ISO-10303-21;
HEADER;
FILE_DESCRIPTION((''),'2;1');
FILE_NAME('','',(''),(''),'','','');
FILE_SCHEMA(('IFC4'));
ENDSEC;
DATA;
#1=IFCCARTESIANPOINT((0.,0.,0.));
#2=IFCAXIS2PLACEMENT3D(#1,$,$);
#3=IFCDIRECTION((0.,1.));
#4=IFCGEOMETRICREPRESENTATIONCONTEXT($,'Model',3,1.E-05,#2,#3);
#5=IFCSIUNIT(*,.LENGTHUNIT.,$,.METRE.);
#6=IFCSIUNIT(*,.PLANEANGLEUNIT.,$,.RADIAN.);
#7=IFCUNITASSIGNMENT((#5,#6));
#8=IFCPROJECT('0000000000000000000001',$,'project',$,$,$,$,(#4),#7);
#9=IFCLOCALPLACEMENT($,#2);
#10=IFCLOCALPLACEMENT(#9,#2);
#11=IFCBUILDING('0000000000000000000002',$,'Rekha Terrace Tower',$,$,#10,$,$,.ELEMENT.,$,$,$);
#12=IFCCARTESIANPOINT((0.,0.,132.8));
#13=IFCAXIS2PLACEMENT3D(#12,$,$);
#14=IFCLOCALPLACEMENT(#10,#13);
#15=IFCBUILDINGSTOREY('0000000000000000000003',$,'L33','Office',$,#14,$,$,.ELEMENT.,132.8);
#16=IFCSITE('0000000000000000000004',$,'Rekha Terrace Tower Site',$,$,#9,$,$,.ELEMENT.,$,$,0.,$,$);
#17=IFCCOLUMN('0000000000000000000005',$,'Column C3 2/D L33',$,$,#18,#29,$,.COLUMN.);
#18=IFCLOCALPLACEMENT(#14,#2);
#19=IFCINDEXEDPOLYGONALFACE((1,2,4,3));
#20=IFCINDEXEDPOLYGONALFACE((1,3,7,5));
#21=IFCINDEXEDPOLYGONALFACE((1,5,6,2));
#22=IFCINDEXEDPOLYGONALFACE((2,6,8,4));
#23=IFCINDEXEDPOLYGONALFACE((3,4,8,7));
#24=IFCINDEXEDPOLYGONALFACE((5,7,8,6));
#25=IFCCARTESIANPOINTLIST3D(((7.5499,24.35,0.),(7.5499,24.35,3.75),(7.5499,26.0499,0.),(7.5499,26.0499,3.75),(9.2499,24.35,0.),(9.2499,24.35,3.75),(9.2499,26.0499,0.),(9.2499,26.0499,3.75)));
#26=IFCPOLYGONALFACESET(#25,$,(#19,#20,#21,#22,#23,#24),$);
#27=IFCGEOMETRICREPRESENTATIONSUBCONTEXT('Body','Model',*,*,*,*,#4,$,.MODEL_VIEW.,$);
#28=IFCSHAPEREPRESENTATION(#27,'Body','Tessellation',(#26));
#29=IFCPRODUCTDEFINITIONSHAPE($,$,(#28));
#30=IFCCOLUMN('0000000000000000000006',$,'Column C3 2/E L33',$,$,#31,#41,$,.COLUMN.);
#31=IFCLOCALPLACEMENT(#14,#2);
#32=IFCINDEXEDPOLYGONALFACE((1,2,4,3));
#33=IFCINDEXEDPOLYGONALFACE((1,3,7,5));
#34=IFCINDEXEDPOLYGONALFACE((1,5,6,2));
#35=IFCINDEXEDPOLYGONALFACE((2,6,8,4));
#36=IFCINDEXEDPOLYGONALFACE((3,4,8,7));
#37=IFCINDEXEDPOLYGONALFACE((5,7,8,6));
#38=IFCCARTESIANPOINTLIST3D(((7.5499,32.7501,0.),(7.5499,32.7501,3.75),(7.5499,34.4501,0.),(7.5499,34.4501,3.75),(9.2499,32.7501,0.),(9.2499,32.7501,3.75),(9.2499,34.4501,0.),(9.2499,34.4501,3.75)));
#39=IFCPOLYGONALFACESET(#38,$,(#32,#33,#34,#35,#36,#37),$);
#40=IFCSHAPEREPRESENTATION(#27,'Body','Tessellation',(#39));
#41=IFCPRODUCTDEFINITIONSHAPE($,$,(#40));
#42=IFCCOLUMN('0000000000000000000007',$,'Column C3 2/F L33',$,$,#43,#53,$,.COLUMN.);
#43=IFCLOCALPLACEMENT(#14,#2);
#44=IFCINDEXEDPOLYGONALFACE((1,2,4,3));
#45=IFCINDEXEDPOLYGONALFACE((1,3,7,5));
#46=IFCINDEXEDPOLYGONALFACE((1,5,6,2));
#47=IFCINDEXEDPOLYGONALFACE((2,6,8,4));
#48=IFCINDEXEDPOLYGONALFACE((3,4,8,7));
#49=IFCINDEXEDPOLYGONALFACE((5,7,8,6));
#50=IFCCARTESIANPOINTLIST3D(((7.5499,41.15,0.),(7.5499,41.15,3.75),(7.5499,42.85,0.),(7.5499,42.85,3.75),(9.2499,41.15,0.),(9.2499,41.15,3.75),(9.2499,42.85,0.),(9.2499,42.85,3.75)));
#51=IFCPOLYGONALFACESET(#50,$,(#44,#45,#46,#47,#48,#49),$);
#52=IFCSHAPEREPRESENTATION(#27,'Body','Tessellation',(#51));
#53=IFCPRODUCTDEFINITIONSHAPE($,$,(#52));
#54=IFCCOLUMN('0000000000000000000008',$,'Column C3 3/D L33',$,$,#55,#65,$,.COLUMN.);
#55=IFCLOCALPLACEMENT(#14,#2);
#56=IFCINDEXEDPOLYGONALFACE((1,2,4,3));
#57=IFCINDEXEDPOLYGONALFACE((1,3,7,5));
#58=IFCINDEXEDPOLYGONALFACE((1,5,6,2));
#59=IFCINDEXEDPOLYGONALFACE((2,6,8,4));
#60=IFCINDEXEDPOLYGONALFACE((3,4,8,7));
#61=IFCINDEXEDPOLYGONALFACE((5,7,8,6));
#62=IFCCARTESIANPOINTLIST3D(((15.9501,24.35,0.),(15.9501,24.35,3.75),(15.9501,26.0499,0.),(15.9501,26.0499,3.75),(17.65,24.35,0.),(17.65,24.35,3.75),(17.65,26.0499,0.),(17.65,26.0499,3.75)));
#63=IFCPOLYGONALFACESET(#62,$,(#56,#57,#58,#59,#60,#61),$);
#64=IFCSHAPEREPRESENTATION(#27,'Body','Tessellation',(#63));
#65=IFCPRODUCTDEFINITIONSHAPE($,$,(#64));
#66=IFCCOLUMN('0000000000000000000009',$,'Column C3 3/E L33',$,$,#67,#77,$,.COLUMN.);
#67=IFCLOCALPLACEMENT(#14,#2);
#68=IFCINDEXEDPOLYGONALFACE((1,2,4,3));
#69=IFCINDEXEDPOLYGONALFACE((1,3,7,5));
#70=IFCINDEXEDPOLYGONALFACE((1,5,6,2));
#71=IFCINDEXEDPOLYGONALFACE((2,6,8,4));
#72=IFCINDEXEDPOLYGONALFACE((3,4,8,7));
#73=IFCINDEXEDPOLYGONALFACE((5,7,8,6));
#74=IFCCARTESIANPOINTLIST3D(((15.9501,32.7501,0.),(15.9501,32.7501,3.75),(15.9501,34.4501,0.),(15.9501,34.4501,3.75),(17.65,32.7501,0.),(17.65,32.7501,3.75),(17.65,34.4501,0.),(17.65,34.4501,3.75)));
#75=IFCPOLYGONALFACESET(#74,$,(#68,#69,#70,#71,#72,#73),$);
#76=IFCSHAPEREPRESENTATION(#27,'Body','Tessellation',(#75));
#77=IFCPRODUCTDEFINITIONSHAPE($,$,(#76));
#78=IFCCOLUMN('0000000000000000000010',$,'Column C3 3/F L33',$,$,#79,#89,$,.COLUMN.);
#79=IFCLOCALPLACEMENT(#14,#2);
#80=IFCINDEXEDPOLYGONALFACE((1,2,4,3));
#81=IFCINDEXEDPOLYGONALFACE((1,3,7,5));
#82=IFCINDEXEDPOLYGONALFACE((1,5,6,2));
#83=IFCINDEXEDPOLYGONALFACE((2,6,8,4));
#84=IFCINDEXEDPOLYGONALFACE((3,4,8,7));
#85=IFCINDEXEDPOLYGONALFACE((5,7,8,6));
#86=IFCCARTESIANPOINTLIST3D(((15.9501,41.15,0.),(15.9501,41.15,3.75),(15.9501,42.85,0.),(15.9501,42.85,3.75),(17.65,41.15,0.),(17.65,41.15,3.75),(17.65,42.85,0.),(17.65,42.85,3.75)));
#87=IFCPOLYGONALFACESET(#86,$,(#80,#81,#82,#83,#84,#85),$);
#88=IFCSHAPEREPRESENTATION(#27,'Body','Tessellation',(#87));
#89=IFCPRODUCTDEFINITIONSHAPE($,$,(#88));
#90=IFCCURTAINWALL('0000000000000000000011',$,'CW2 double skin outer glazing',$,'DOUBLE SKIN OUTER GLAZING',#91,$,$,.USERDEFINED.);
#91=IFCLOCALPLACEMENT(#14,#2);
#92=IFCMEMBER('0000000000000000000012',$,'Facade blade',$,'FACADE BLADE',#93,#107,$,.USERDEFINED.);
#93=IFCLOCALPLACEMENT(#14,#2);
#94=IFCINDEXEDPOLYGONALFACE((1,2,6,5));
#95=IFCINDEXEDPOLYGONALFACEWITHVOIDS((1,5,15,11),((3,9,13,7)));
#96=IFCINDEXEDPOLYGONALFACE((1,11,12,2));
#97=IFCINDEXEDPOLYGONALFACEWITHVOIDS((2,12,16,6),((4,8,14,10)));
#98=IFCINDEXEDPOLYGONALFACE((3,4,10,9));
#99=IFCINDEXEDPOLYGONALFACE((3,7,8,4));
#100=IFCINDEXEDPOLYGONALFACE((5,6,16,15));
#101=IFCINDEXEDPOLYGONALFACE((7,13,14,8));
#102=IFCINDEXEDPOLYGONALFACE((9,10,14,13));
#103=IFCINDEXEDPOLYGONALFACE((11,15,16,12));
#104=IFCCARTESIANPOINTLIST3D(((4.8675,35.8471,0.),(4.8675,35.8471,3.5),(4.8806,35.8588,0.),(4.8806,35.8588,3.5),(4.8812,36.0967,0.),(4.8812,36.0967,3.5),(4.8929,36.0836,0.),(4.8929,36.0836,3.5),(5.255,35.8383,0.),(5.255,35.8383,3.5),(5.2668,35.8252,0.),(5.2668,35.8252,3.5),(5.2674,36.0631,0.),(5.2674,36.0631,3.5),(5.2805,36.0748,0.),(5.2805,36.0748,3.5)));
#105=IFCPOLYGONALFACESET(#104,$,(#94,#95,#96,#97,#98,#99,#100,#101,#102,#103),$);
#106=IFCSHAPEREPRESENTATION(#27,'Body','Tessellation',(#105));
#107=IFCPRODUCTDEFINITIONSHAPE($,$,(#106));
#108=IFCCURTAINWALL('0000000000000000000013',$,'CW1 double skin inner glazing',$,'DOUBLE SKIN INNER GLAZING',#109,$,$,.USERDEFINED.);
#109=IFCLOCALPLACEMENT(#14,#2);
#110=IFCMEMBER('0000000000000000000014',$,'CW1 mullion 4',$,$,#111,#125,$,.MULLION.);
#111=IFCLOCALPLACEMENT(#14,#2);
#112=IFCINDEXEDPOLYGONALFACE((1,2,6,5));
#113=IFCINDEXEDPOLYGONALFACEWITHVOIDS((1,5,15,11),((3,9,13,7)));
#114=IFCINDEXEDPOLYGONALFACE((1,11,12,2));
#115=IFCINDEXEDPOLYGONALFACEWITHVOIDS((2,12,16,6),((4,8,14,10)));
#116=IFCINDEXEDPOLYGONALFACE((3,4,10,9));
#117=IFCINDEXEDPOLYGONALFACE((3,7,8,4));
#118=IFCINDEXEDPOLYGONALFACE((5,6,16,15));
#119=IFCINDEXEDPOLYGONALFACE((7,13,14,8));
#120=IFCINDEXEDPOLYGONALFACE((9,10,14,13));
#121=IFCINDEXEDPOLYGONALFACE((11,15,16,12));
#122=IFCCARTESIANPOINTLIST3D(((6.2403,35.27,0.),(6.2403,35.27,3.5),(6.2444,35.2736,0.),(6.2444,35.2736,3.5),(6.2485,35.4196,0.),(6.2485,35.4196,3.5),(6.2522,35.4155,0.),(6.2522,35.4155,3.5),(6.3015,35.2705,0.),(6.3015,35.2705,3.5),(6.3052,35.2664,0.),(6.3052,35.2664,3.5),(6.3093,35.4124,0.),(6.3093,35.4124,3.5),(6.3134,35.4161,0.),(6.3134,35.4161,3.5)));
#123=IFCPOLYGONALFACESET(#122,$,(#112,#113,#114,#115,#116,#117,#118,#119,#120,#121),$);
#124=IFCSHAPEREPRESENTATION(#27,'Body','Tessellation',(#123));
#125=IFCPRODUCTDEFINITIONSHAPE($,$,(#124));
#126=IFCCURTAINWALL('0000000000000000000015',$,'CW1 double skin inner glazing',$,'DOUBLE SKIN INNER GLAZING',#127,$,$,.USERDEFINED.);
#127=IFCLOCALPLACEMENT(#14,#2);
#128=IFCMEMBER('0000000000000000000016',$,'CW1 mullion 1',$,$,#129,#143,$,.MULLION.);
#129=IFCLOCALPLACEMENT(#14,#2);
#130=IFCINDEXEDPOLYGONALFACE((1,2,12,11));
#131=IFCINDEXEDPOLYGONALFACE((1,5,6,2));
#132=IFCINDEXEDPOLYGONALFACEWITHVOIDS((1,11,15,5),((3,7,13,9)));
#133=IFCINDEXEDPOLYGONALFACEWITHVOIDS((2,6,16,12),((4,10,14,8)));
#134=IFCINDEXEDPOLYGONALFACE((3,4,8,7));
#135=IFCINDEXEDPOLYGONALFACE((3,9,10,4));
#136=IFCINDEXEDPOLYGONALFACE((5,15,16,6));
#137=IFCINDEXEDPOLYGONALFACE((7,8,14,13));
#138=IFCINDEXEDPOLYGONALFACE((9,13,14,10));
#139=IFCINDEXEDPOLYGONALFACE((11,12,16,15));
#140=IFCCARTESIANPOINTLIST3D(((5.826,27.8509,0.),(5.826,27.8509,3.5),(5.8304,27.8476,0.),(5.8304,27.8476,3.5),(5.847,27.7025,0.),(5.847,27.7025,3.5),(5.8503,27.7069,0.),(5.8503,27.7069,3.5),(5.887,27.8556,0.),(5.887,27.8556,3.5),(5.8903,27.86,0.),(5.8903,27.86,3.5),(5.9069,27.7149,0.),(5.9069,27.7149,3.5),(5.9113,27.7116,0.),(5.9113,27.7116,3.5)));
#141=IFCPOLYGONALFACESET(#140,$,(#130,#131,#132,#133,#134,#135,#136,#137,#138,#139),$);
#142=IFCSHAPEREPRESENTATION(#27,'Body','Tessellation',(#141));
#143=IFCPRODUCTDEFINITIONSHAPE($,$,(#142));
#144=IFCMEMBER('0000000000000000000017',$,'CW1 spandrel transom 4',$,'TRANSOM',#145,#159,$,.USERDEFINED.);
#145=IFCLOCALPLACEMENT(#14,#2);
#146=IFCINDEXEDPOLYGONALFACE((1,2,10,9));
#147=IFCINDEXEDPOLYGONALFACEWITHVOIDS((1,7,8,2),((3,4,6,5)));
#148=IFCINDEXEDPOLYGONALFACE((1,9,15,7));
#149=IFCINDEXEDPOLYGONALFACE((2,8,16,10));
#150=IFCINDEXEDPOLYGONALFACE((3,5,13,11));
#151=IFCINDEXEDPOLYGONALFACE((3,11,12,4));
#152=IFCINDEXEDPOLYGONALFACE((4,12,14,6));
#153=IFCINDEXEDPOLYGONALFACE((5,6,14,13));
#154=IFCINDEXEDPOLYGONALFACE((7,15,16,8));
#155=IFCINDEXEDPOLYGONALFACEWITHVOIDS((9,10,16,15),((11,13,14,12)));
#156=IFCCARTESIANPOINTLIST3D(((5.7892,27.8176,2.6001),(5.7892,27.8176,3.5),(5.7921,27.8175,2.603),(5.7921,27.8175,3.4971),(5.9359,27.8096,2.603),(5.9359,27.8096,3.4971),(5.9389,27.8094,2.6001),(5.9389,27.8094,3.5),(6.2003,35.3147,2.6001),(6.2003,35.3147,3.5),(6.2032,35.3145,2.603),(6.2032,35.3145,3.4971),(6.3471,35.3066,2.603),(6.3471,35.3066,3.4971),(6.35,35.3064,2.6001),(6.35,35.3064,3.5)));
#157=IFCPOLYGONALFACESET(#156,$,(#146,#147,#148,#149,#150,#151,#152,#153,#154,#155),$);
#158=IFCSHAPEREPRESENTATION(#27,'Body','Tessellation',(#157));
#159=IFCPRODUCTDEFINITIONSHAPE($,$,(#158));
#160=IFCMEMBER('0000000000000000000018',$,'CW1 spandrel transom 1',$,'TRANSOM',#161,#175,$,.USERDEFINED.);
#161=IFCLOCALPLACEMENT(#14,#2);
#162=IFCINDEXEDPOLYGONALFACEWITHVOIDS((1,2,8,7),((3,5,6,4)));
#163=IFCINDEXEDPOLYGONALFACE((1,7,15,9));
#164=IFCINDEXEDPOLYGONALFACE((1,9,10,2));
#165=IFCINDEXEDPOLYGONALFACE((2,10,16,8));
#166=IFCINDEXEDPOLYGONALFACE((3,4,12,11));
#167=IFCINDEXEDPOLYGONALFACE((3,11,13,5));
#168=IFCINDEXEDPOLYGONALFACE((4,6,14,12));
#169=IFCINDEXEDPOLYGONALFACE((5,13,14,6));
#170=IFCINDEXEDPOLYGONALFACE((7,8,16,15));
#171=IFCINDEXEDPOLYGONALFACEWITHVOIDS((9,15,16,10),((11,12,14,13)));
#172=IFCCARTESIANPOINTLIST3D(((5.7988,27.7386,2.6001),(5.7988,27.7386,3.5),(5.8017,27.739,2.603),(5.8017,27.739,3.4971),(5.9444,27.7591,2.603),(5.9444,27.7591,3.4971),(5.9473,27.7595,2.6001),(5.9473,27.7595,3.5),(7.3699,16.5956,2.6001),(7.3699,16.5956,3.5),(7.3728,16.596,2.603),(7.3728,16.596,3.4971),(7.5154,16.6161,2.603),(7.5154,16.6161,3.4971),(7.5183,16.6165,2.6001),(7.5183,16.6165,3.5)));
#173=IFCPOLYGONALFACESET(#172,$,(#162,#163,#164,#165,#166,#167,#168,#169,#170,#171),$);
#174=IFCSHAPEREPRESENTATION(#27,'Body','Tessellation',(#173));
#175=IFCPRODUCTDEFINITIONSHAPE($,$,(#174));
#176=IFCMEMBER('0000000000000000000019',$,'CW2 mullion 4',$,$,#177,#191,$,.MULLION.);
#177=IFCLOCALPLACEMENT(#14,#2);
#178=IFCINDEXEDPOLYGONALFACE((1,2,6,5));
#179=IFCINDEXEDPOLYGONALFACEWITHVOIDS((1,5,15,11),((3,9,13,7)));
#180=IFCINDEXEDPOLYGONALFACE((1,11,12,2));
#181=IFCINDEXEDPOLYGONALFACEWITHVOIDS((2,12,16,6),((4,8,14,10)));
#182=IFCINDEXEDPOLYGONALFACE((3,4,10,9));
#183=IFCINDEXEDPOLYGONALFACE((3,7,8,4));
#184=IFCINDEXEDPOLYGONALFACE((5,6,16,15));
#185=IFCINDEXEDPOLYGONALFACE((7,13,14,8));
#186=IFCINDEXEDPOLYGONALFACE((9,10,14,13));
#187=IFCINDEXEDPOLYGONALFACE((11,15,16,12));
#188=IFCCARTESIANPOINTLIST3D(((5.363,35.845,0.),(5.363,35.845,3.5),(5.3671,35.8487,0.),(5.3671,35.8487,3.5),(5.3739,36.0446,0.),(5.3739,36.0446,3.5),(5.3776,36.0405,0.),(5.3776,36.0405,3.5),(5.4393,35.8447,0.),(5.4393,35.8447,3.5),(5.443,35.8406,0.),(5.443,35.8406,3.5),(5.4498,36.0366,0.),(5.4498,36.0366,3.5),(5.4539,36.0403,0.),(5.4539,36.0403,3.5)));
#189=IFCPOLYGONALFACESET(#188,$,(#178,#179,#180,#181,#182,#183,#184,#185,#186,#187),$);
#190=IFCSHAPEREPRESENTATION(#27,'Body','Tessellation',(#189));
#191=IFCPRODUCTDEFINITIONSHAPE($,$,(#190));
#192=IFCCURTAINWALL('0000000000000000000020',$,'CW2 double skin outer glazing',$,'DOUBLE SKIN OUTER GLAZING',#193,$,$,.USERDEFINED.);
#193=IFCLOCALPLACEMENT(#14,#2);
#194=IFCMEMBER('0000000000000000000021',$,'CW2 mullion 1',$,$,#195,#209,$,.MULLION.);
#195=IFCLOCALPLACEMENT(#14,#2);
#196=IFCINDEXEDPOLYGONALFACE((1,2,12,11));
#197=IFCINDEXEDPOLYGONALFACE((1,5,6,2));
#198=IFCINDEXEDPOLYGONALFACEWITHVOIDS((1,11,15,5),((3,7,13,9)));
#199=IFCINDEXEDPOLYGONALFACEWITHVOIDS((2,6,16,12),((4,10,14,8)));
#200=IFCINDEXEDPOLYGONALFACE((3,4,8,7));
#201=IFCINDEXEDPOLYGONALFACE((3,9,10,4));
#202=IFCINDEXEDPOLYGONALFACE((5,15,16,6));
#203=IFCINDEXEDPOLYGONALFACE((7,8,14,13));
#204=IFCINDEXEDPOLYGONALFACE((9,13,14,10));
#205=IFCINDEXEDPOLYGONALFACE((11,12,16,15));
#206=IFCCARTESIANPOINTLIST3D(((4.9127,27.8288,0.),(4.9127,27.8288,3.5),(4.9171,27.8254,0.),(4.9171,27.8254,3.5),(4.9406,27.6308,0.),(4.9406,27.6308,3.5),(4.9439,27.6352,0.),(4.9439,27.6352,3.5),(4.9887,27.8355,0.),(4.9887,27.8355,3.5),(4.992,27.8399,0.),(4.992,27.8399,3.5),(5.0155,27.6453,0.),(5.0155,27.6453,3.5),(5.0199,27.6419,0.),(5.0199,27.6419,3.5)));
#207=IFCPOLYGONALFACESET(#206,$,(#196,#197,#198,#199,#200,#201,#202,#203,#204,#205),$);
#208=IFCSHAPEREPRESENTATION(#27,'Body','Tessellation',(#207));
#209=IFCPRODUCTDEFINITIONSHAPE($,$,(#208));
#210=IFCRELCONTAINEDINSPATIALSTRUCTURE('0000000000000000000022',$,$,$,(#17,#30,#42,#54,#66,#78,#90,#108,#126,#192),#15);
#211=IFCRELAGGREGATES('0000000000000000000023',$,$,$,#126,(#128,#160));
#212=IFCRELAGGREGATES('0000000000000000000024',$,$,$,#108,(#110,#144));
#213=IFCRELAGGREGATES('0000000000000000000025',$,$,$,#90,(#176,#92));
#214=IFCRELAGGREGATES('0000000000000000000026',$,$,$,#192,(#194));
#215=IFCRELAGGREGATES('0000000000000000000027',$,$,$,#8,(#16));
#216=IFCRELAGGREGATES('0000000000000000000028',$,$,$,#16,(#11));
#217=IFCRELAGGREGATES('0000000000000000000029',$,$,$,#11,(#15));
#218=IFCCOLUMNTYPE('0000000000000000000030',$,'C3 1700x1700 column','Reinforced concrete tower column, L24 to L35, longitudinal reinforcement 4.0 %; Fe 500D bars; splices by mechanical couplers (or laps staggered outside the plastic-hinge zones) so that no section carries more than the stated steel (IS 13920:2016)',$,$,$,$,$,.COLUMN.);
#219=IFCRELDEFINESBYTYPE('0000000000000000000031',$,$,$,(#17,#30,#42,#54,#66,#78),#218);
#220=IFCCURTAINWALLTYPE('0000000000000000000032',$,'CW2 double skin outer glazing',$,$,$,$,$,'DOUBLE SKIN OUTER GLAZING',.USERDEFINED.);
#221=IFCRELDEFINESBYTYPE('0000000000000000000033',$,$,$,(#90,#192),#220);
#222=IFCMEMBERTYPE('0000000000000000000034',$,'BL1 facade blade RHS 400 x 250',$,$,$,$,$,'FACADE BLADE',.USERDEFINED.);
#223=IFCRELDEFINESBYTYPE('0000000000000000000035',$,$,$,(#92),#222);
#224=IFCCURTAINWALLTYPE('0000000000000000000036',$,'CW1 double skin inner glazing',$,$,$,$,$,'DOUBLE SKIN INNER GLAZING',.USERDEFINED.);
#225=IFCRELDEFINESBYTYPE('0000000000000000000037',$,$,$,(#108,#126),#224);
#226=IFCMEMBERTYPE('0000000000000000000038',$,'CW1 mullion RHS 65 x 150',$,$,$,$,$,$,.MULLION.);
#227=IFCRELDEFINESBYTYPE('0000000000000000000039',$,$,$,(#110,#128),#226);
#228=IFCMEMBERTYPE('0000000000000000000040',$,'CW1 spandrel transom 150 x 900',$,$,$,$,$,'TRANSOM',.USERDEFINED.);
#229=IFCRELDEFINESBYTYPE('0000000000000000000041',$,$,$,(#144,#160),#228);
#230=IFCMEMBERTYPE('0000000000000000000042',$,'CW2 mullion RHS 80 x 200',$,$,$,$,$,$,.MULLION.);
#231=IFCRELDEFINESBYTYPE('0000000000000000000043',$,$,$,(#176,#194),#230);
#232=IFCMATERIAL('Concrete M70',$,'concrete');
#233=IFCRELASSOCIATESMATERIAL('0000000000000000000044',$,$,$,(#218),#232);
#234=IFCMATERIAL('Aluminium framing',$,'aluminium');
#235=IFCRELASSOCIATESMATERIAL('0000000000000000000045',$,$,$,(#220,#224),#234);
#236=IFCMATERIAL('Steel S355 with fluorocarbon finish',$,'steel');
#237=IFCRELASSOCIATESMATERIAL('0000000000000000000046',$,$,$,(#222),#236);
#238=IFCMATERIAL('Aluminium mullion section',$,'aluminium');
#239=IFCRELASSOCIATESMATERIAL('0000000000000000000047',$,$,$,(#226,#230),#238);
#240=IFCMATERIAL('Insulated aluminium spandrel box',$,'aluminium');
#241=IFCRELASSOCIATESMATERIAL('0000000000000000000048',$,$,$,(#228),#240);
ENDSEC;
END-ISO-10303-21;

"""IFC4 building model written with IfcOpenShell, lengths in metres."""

from ifc_helpers import new_model, si_unit, direction, frame, origin, origin_2d, place, context, subcontext, project, spatial, rectangle, hollow_rectangle, extrude, material, material_profile, profile_set, type_object, element, aggregate, save


model = new_model("IFC4")

# Units and contexts
model_context = context("Model", 3, precision=1e-05, world=origin(), true_north=direction((0.0, 1.0)))
body_context = subcontext(model_context, "Body", "Model", "MODEL_VIEW")
ifc_project = project(units=[si_unit("LENGTHUNIT", "METRE"), si_unit("PLANEANGLEUNIT", "RADIAN")], contexts=[model_context])

# Site, building, storey
site_placement = place(None, origin())
site = spatial("IfcSite", under=ifc_project, at=site_placement, Name="Rekha Terrace Tower Site", CompositionType="ELEMENT", RefElevation=0.0)
building_placement = place(site_placement, origin())
building = spatial("IfcBuilding", under=site, at=building_placement, Name="Rekha Terrace Tower", CompositionType="ELEMENT")
storey_placement = place(building_placement, frame((0.0, 0.0, 132.8)))
storey = spatial("IfcBuildingStorey", under=building, at=storey_placement, Name="L33", Description="Office", CompositionType="ELEMENT", Elevation=132.8)

# Columns
ifc_material_1 = material(Name="Concrete M70", Category="concrete")
ifc_material_profile_1 = material_profile(ifc_material_1, rectangle(XDim=1.7, YDim=1.7, at=origin_2d()), Name="RC 1700x1700")
ifc_profile_set_1 = profile_set([ifc_material_profile_1], Name="Concrete M70")
column_type = type_object("IfcColumnType", Name="C3 1700x1700 column", Description="Reinforced concrete tower column, L24 to L35, longitudinal reinforcement 4.0 %; Fe 500D bars; splices by mechanical couplers (or laps staggered outside the plastic-hinge zones) so that no section carries more than the stated steel (IS 13920:2016)", PredefinedType="COLUMN", material=ifc_profile_set_1)
for number, where, z_axis, x_axis, name in (
    (1, (8.3999, 25.2, 0.0), (0.0, 0.0, 1.0), (1.0, 0.0, 0.0), "Column C3 2/D L33"),
    (2, (8.3999, 33.6001, 0.0), (0.0, 0.0, 1.0), (1.0, 0.0, 0.0), "Column C3 2/E L33"),
    (3, (8.3999, 42.0, 0.0), (0.0, 0.0, 1.0), (1.0, 0.0, 0.0), "Column C3 2/F L33"),
    (4, (16.8, 25.2, 0.0), (0.0, 0.0, 1.0), (1.0, 0.0, 0.0), "Column C3 3/D L33"),
    (5, (16.8, 33.6001, 0.0), (0.0, 0.0, 1.0), (1.0, 0.0, 0.0), "Column C3 3/E L33"),
    (6, (16.8, 42.0, 0.0), (0.0, 0.0, 1.0), (1.0, 0.0, 0.0), "Column C3 3/F L33"),
):
    element("IfcColumn", number, at=place(storey_placement, frame(where, z_axis=z_axis, x_axis=x_axis)), inside=storey, type_object=column_type, Name=name, PredefinedType="COLUMN", context=body_context, shape_type="SweptSolid", body=[
        extrude(rectangle(XDim=1.7, YDim=1.7, at=origin_2d()), origin(), (0.0, 0.0, 1.0), 3.75),
    ])

# Curtain walls, members
ifc_material_2 = material(Name="Aluminium framing", Category="aluminium")
curtain_wall_type_1 = type_object("IfcCurtainWallType", Name="CW2 double skin outer glazing", ElementType="DOUBLE SKIN OUTER GLAZING", PredefinedType="USERDEFINED", material=ifc_material_2)
curtain_wall_1_placement = place(storey_placement, origin())
curtain_wall_1 = element("IfcCurtainWall", 7, at=curtain_wall_1_placement, inside=storey, type_object=curtain_wall_type_1, Name="CW2 double skin outer glazing", ObjectType="DOUBLE SKIN OUTER GLAZING", PredefinedType="USERDEFINED")
ifc_material_3 = material(Name="Steel S355 with fluorocarbon finish", Category="steel")
ifc_material_profile_2 = material_profile(ifc_material_3, hollow_rectangle(XDim=0.25, YDim=0.3999, WallThickness=0.0125, at=origin_2d()), Name="RHS400x250x12.5")
ifc_profile_set_2 = profile_set([ifc_material_profile_2], Name="Steel S355 with fluorocarbon finish")
member_type_1 = type_object("IfcMemberType", Name="BL1 facade blade RHS 400 x 250", ElementType="FACADE BLADE", PredefinedType="USERDEFINED", material=ifc_profile_set_2)
member_1_placement = place(storey_placement, frame((5.074, 35.9609, 0.0), z_axis=(0.0, 0.0, 1.0), x_axis=(-0.054743, -0.9985, 0.0)))
member_1 = element("IfcMember", 8, at=member_1_placement, type_object=member_type_1, Name="Facade blade", ObjectType="FACADE BLADE", PredefinedType="USERDEFINED", context=body_context, shape_type="SweptSolid", body=[
    extrude(hollow_rectangle(XDim=0.25, YDim=0.3999, WallThickness=0.0125, at=origin_2d()), origin(), (0.0, 0.0, 1.0), 3.5),
])
curtain_wall_type_2 = type_object("IfcCurtainWallType", Name="CW1 double skin inner glazing", ElementType="DOUBLE SKIN INNER GLAZING", PredefinedType="USERDEFINED", material=ifc_material_2)
curtain_wall_2_placement = place(storey_placement, origin())
curtain_wall_2 = element("IfcCurtainWall", 9, at=curtain_wall_2_placement, inside=storey, type_object=curtain_wall_type_2, Name="CW1 double skin inner glazing", ObjectType="DOUBLE SKIN INNER GLAZING", PredefinedType="USERDEFINED")
ifc_material_4 = material(Name="Aluminium mullion section", Category="aluminium")
ifc_material_profile_3 = material_profile(ifc_material_4, hollow_rectangle(XDim=0.0649, YDim=0.1499, WallThickness=0.0039, at=origin_2d()), Name="AL RHS 65x150")
ifc_profile_set_3 = profile_set([ifc_material_profile_3], Name="Aluminium mullion section")
member_type_2 = type_object("IfcMemberType", Name="CW1 mullion RHS 65 x 150", PredefinedType="MULLION", material=ifc_profile_set_3)
member_2_placement = place(storey_placement, frame((6.2769, 35.343, 0.0), z_axis=(0.0, 0.0, 1.0), x_axis=(0.998501, -0.054742, 0.0)))
member_2 = element("IfcMember", 10, at=member_2_placement, type_object=member_type_2, Name="CW1 mullion 4", PredefinedType="MULLION", context=body_context, shape_type="SweptSolid", body=[
    extrude(hollow_rectangle(XDim=0.0649, YDim=0.1499, WallThickness=0.0039, at=origin_2d()), origin(), (0.0, 0.0, 1.0), 3.5),
])
curtain_wall_3_placement = place(storey_placement, origin())
curtain_wall_3 = element("IfcCurtainWall", 11, at=curtain_wall_3_placement, inside=storey, type_object=curtain_wall_type_2, Name="CW1 double skin inner glazing", ObjectType="DOUBLE SKIN INNER GLAZING", PredefinedType="USERDEFINED")
member_3_placement = place(storey_placement, frame((5.8687, 27.7812, 0.0), z_axis=(0.0, 0.0, 1.0), x_axis=(0.990208, 0.139597, 0.0)))
member_3 = element("IfcMember", 12, at=member_3_placement, type_object=member_type_2, Name="CW1 mullion 1", PredefinedType="MULLION", context=body_context, shape_type="SweptSolid", body=[
    extrude(hollow_rectangle(XDim=0.0649, YDim=0.1499, WallThickness=0.0039, at=origin_2d()), origin(), (0.0, 0.0, 1.0), 3.5),
])

# Members
ifc_material_5 = material(Name="Insulated aluminium spandrel box", Category="aluminium")
ifc_material_profile_4 = material_profile(ifc_material_5, hollow_rectangle(XDim=0.1499, YDim=0.8999, WallThickness=0.0029, at=origin_2d()), Name="AL SPANDREL BOX 150x900")
ifc_profile_set_4 = profile_set([ifc_material_profile_4], Name="Insulated aluminium spandrel box")
member_type_3 = type_object("IfcMemberType", Name="CW1 spandrel transom 150 x 900", ElementType="TRANSOM", PredefinedType="USERDEFINED", material=ifc_profile_set_4)
member_4_placement = place(storey_placement, frame((6.2751, 35.3105, 3.05), z_axis=(-0.054757, -0.9985, 0.0), x_axis=(0.9985, -0.054757, 0.0)))
member_4 = element("IfcMember", 13, at=member_4_placement, type_object=member_type_3, Name="CW1 spandrel transom 4", ObjectType="TRANSOM", PredefinedType="USERDEFINED", context=body_context, shape_type="SweptSolid", body=[
    extrude(hollow_rectangle(XDim=0.1499, YDim=0.8999, WallThickness=0.0029, at=origin_2d()), origin(), (0.0, 0.0, 1.0), 7.5083),
])
member_5_placement = place(storey_placement, frame((5.873, 27.749, 3.05), z_axis=(0.139608, -0.990207, 0.0), x_axis=(0.990207, 0.139608, 0.0)))
member_5 = element("IfcMember", 14, at=member_5_placement, type_object=member_type_3, Name="CW1 spandrel transom 1", ObjectType="TRANSOM", PredefinedType="USERDEFINED", context=body_context, shape_type="SweptSolid", body=[
    extrude(hollow_rectangle(XDim=0.1499, YDim=0.8999, WallThickness=0.0029, at=origin_2d()), origin(), (0.0, 0.0, 1.0), 11.2532),
])
aggregate(curtain_wall_3, [member_3, member_5])
ifc_material_profile_5 = material_profile(ifc_material_4, hollow_rectangle(XDim=0.0801, YDim=0.2, WallThickness=0.0039, at=origin_2d()), Name="AL RHS 80x200")
ifc_profile_set_5 = profile_set([ifc_material_profile_5], Name="Aluminium mullion section")
member_type_4 = type_object("IfcMemberType", Name="CW2 mullion RHS 80 x 200", PredefinedType="MULLION", material=ifc_profile_set_5)
member_6_placement = place(storey_placement, frame((5.4084, 35.9426, 0.0), z_axis=(0.0, 0.0, 1.0), x_axis=(0.998501, -0.054742, 0.0)))
member_6 = element("IfcMember", 15, at=member_6_placement, type_object=member_type_4, Name="CW2 mullion 4", PredefinedType="MULLION", context=body_context, shape_type="SweptSolid", body=[
    extrude(hollow_rectangle(XDim=0.0801, YDim=0.2, WallThickness=0.0039, at=origin_2d()), origin(), (0.0, 0.0, 1.0), 3.5),
])

# Curtain wall, member
curtain_wall_4_placement = place(storey_placement, origin())
curtain_wall_4 = element("IfcCurtainWall", 16, at=curtain_wall_4_placement, inside=storey, type_object=curtain_wall_type_1, Name="CW2 double skin outer glazing", ObjectType="DOUBLE SKIN OUTER GLAZING", PredefinedType="USERDEFINED")
member_7_placement = place(storey_placement, frame((4.9663, 27.7354, 0.0), z_axis=(0.0, 0.0, 1.0), x_axis=(0.990208, 0.139597, 0.0)))
member_7 = element("IfcMember", 17, at=member_7_placement, type_object=member_type_4, Name="CW2 mullion 1", PredefinedType="MULLION", context=body_context, shape_type="SweptSolid", body=[
    extrude(hollow_rectangle(XDim=0.0801, YDim=0.2, WallThickness=0.0039, at=origin_2d()), origin(), (0.0, 0.0, 1.0), 3.5),
])

aggregate(curtain_wall_2, [member_2, member_4])
aggregate(curtain_wall_1, [member_6, member_1])
aggregate(curtain_wall_4, [member_7])

save(model, "model.ifc")
